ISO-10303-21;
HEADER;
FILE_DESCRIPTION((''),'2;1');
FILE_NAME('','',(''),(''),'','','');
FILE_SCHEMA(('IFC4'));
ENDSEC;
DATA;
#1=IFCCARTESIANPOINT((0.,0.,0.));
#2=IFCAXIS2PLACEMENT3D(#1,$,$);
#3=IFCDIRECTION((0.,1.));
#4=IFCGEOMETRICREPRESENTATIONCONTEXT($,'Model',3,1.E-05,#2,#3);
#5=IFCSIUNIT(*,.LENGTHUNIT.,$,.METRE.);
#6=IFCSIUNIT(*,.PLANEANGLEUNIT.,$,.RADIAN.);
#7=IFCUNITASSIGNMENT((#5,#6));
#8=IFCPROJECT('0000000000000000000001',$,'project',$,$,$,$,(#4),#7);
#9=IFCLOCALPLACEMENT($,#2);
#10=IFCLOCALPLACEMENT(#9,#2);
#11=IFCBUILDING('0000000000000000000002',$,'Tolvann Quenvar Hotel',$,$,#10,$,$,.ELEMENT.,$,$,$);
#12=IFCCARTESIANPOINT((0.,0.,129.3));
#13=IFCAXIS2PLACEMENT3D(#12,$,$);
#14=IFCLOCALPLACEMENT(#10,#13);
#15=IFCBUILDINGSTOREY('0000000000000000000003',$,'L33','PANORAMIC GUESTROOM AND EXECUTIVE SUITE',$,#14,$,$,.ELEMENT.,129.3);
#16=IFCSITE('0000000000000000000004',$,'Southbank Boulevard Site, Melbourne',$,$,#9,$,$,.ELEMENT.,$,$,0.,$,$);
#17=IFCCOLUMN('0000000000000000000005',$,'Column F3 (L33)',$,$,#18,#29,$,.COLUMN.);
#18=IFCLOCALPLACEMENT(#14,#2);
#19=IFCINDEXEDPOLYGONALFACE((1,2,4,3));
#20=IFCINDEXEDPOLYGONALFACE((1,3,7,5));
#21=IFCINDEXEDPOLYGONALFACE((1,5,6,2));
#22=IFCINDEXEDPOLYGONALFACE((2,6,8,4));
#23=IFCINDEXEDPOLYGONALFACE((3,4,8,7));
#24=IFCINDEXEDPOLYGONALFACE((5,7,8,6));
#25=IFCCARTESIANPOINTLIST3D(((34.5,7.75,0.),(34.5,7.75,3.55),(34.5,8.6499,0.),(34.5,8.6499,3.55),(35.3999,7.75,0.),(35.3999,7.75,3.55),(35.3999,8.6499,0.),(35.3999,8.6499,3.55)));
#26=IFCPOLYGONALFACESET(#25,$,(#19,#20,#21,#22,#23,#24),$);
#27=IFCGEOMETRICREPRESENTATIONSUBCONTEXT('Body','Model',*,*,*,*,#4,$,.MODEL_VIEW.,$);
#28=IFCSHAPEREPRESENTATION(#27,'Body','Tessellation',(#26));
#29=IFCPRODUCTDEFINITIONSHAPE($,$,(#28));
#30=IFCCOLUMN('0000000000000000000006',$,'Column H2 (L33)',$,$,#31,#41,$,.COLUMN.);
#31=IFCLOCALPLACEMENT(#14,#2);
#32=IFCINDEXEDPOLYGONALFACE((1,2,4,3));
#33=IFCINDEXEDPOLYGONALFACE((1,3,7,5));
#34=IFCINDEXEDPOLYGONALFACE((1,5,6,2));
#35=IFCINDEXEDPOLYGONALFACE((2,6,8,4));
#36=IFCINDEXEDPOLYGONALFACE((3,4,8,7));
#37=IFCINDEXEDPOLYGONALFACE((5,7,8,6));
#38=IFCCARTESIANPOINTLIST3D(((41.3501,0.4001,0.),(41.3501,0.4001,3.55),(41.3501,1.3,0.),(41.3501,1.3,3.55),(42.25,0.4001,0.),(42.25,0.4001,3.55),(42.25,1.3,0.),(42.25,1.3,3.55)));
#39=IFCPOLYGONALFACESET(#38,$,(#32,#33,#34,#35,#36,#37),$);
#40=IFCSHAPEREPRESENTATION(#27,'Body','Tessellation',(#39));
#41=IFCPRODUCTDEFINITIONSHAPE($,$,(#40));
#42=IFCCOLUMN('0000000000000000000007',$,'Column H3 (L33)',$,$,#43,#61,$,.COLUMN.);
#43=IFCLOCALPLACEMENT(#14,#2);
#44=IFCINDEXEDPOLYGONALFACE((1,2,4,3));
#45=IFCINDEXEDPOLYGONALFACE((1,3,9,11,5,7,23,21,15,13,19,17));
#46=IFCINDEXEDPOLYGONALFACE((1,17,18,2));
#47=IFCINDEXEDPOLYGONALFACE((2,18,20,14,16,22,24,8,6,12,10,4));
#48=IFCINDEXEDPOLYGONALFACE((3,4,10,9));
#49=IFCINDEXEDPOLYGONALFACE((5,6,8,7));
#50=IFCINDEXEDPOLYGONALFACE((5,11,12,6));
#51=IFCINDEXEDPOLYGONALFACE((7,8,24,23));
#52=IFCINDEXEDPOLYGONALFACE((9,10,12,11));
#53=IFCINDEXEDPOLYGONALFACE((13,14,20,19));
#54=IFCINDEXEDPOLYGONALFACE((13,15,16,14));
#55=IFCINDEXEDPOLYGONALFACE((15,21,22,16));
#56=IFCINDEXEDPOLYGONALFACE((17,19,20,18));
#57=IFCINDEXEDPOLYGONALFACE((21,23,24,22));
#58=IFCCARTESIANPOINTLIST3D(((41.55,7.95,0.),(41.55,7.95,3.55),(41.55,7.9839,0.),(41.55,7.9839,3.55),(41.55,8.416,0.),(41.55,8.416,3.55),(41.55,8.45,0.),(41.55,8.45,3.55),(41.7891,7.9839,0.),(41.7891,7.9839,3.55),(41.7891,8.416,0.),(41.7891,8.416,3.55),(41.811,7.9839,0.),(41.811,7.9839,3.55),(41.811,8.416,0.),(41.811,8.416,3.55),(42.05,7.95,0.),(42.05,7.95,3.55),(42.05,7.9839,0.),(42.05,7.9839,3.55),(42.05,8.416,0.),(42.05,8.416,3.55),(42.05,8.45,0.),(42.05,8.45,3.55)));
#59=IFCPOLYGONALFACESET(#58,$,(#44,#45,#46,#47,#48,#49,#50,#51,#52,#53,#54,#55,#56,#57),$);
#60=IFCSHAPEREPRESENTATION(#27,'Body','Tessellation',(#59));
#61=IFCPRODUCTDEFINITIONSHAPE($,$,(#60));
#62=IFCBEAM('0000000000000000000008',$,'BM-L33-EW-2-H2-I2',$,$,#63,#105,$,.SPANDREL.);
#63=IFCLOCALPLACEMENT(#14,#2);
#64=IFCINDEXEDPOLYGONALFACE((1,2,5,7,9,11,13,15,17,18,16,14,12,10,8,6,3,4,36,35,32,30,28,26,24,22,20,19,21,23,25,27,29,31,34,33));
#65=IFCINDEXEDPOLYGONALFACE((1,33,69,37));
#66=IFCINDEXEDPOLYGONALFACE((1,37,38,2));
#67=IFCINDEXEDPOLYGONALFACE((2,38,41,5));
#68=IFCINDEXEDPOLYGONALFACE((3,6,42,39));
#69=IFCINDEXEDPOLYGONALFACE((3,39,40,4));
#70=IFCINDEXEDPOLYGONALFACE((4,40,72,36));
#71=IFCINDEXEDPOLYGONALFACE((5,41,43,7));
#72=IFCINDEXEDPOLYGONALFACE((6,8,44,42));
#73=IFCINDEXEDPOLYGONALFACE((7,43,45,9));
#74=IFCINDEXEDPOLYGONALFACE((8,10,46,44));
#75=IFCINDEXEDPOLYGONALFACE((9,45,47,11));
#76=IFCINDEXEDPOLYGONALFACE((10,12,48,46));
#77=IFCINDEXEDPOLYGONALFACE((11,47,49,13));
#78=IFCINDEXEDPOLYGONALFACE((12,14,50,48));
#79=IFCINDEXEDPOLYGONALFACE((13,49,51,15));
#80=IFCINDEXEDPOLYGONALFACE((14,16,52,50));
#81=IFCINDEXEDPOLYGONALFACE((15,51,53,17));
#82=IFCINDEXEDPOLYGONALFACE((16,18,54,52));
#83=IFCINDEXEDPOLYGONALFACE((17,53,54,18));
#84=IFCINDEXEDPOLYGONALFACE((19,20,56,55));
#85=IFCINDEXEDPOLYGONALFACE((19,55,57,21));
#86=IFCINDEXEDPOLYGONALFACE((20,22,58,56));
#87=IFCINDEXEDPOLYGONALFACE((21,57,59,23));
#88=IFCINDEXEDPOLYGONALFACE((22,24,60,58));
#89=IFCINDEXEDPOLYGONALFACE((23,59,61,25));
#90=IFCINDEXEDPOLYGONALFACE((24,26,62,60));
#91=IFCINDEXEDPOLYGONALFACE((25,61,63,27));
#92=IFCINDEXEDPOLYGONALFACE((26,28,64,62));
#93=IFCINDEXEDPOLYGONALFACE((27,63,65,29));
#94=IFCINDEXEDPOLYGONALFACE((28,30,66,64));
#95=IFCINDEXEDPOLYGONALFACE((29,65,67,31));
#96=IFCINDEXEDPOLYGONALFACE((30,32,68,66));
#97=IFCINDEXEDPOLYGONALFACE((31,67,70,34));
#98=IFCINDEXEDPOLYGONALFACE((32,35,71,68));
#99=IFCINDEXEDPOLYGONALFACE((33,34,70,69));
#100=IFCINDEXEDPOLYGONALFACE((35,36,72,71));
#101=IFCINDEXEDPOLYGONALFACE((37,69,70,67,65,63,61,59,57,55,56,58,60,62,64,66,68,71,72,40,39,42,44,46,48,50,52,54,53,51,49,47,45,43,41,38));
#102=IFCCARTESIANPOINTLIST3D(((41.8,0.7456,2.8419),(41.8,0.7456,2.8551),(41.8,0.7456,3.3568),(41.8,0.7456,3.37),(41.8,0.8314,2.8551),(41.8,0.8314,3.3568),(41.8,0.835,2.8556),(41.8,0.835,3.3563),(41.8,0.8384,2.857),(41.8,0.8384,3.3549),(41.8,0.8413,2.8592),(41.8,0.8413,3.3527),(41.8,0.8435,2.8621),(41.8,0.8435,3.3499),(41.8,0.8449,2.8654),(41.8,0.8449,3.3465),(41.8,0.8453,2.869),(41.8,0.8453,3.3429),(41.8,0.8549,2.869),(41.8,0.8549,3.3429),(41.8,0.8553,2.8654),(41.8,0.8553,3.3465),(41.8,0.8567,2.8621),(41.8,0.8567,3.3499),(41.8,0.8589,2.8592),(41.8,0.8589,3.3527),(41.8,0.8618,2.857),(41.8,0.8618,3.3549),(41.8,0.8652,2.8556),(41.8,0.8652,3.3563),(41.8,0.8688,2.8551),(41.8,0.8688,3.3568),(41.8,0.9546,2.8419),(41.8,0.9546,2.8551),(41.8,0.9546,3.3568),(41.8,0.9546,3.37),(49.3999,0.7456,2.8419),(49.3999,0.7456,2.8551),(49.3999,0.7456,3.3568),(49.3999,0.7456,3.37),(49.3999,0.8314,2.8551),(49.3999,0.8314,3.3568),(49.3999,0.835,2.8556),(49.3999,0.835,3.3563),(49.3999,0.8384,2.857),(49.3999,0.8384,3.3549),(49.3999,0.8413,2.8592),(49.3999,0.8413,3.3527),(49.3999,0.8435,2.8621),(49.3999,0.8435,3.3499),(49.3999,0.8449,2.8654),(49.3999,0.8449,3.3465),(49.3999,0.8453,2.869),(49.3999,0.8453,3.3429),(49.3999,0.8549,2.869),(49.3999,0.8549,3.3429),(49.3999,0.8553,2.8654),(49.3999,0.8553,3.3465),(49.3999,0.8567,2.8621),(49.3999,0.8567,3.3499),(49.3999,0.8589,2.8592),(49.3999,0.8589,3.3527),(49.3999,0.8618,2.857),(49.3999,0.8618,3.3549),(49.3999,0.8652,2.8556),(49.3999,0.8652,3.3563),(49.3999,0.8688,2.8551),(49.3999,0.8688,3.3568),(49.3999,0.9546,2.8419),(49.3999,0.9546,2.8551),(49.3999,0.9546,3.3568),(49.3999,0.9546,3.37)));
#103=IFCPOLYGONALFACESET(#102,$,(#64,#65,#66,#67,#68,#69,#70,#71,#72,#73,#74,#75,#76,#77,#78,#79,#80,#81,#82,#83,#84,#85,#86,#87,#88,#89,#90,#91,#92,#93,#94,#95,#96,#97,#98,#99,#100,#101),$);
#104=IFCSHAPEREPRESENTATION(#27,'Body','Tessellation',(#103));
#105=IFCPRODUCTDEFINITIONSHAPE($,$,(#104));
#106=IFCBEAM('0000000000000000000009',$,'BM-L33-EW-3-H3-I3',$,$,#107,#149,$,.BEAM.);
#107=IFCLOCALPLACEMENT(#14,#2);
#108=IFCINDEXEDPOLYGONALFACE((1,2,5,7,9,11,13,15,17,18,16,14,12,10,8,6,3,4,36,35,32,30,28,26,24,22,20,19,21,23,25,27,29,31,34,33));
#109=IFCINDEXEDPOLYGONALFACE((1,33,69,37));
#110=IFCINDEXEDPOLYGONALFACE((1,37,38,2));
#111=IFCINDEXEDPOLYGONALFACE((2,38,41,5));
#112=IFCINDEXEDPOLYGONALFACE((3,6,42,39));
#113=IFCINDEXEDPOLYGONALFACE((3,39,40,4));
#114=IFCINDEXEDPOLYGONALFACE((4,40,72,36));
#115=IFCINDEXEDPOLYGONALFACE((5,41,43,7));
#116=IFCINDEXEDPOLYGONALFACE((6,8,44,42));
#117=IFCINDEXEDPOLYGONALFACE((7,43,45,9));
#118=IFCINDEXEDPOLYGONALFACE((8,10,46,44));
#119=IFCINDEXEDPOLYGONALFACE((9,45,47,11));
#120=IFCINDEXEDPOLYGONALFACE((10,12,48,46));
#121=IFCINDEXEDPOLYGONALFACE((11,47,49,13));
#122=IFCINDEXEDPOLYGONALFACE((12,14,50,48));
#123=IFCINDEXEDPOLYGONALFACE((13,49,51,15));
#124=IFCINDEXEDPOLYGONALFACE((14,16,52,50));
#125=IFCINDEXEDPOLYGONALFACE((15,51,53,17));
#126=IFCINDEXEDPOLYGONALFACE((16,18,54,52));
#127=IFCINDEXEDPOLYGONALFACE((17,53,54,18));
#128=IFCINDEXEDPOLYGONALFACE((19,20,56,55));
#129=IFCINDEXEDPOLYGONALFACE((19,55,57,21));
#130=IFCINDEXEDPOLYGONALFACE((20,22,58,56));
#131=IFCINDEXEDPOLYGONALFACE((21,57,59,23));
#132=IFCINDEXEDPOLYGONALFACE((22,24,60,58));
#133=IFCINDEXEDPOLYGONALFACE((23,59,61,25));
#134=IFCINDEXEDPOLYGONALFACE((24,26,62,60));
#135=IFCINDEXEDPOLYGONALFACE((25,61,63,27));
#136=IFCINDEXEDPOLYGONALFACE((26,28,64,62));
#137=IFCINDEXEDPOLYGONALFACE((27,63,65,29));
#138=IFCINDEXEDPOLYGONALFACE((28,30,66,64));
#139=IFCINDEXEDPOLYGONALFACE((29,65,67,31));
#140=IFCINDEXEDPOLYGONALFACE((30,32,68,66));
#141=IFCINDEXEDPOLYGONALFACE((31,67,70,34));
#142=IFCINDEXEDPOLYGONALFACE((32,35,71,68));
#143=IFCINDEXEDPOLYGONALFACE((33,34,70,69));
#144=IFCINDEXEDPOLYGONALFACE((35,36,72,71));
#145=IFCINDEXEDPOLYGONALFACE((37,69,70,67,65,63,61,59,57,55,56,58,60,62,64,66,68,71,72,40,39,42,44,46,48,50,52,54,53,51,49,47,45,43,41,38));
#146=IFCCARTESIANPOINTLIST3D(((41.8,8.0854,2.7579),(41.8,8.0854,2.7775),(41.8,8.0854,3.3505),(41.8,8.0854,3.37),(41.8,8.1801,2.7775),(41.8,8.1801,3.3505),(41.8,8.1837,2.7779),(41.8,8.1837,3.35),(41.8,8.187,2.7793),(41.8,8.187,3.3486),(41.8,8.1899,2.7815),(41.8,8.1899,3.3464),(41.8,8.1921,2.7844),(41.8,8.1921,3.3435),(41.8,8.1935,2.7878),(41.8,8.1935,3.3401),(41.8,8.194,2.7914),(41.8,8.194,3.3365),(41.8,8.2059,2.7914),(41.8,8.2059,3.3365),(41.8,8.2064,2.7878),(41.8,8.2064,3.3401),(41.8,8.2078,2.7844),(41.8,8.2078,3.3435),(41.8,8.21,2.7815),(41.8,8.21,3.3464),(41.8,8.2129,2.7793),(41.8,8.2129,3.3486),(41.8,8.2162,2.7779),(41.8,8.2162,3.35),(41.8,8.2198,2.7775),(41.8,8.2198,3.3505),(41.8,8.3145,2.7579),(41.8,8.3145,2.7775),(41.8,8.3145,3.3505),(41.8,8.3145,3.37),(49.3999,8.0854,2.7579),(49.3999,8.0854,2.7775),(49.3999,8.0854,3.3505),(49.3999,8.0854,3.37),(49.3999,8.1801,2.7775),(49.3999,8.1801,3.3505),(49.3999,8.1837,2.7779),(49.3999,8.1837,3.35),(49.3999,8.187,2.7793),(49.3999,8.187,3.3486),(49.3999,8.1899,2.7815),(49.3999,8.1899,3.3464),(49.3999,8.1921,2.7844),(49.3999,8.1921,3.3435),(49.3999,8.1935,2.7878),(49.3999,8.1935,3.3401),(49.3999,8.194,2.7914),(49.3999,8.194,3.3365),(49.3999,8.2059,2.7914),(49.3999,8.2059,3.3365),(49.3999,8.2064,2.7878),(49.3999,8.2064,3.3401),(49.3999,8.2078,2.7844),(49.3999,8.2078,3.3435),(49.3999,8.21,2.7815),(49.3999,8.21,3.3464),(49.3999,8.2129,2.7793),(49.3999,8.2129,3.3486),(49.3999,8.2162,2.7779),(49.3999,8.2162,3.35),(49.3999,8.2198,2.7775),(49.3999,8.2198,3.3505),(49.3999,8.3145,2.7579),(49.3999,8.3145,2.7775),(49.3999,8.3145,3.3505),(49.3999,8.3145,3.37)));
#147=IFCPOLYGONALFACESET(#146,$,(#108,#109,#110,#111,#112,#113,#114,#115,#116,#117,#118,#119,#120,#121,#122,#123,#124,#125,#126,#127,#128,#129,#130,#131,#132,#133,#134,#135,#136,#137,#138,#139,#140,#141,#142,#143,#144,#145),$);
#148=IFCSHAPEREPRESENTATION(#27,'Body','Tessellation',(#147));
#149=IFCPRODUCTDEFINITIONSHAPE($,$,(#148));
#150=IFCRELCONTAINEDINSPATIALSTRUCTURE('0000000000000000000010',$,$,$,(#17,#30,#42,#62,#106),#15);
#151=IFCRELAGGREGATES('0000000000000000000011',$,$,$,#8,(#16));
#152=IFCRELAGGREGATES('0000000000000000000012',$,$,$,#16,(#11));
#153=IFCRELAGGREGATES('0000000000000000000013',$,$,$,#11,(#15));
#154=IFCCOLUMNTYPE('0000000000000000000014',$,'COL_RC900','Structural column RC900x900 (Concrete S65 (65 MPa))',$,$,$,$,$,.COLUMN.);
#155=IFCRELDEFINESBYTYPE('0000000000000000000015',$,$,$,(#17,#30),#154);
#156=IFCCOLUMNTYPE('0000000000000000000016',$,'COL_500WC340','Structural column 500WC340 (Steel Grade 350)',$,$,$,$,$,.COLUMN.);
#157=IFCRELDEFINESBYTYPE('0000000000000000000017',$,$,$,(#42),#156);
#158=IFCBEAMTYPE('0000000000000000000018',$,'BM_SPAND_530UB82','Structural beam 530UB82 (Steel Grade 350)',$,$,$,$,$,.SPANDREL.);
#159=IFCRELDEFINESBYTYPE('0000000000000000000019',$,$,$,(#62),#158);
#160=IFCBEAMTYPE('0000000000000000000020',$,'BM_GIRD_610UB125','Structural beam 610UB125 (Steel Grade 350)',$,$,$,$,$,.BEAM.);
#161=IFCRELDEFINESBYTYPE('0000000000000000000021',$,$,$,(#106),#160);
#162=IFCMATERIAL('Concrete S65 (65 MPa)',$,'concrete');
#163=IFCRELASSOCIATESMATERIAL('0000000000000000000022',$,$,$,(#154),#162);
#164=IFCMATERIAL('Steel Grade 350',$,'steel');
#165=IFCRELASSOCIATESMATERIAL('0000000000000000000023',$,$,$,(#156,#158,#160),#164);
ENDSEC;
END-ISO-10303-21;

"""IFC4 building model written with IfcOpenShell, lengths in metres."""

from ifc_helpers import new_model, si_unit, direction, frame, origin, origin_2d, place, context, subcontext, project, spatial, rectangle, i_section, extrude, source, transform, mapped, material, material_profile, profile_set, type_object, type_shapes, element, save


model = new_model("IFC4")

# Units and contexts
model_context = context("Model", 3, precision=1e-05, world=origin(), true_north=direction((0.0, 1.0)))
body_context = subcontext(model_context, "Body", "Model", "MODEL_VIEW")
ifc_project = project(units=[si_unit("LENGTHUNIT", "METRE"), si_unit("PLANEANGLEUNIT", "RADIAN")], contexts=[model_context])

# Site, building, storey
site_placement = place(None, origin())
site = spatial("IfcSite", under=ifc_project, at=site_placement, Name="Southbank Boulevard Site, Melbourne", CompositionType="ELEMENT", RefElevation=0.0)
building_placement = place(site_placement, origin())
building = spatial("IfcBuilding", under=site, at=building_placement, Name="Tolvann Quenvar Hotel", CompositionType="ELEMENT")
storey_placement = place(building_placement, frame((0.0, 0.0, 129.3)))
storey = spatial("IfcBuildingStorey", under=building, at=storey_placement, Name="L33", Description="PANORAMIC GUESTROOM AND EXECUTIVE SUITE", CompositionType="ELEMENT", Elevation=129.3)

# Columns
ifc_material_1 = material(Name="Concrete S65 (65 MPa)", Category="concrete")
ifc_material_profile_1 = material_profile(ifc_material_1, rectangle(XDim=0.8999, YDim=0.8999, at=origin_2d()), Name="RC900x900")
ifc_profile_set_1 = profile_set([ifc_material_profile_1], Name="Concrete S65 (65 MPa)")
column_type_1 = type_object("IfcColumnType", Name="COL_RC900", Description="Structural column RC900x900 (Concrete S65 (65 MPa))", PredefinedType="COLUMN", material=ifc_profile_set_1)
shared_shape_1 = source(origin(), body_context, "Body", "SweptSolid", [
    extrude(rectangle(XDim=0.8999, YDim=0.8999, at=origin_2d()), origin(), (0.0, 0.0, 1.0), 3.55),
])
type_shapes(column_type_1, [shared_shape_1])
for number, where, z_axis, x_axis, name in (
    (1, (34.95, 8.2, 0.0), (0.0, 0.0, 1.0), (1.0, 0.0, 0.0), "Column F3 (L33)"),
    (2, (41.8, 0.8501, 0.0), (0.0, 0.0, 1.0), (1.0, 0.0, 0.0), "Column H2 (L33)"),
):
    element("IfcColumn", number, at=place(storey_placement, frame(where, z_axis=z_axis, x_axis=x_axis)), inside=storey, type_object=column_type_1, Name=name, PredefinedType="COLUMN", context=body_context, shape_type="MappedRepresentation", body=[
        mapped(shared_shape_1, transform((0.0, 0.0, 0.0), x_axis=(1.0, 0.0, 0.0), y_axis=(0.0, 1.0, 0.0), z_axis=(0.0, 0.0, 1.0), scale=1.0)),
    ])
ifc_material_2 = material(Name="Steel Grade 350", Category="steel")
ifc_material_profile_2 = material_profile(ifc_material_2, i_section(OverallWidth=0.5, OverallDepth=0.5, WebThickness=0.022, FlangeThickness=0.0339, at=origin_2d()), Name="500WC340")
ifc_profile_set_2 = profile_set([ifc_material_profile_2], Name="Steel Grade 350")
column_type_2 = type_object("IfcColumnType", Name="COL_500WC340", Description="Structural column 500WC340 (Steel Grade 350)", PredefinedType="COLUMN", material=ifc_profile_set_2)
shared_shape_2 = source(origin(), body_context, "Body", "SweptSolid", [
    extrude(i_section(OverallWidth=0.5, OverallDepth=0.5, WebThickness=0.022, FlangeThickness=0.0339, at=origin_2d()), origin(), (0.0, 0.0, 1.0), 3.55),
])
type_shapes(column_type_2, [shared_shape_2])
column_placement = place(storey_placement, frame((41.8, 8.2, 0.0), z_axis=(0.0, 0.0, 1.0), x_axis=(1.0, 0.0, 0.0)))
element("IfcColumn", 3, at=column_placement, inside=storey, type_object=column_type_2, Name="Column H3 (L33)", PredefinedType="COLUMN", context=body_context, shape_type="MappedRepresentation", body=[
    mapped(shared_shape_2, transform((0.0, 0.0, 0.0), x_axis=(1.0, 0.0, 0.0), y_axis=(0.0, 1.0, 0.0), z_axis=(0.0, 0.0, 1.0), scale=1.0)),
])

# Beams
ifc_material_profile_3 = material_profile(ifc_material_2, i_section(OverallWidth=0.209, OverallDepth=0.5281, WebThickness=0.0095, FlangeThickness=0.0132, FilletRadius=0.0139, at=origin_2d()), Name="530UB82")
ifc_profile_set_3 = profile_set([ifc_material_profile_3], Name="Steel Grade 350")
beam_type_1 = type_object("IfcBeamType", Name="BM_SPAND_530UB82", Description="Structural beam 530UB82 (Steel Grade 350)", PredefinedType="SPANDREL", material=ifc_profile_set_3)
shared_shape_3 = source(origin(), body_context, "Body", "SweptSolid", [
    extrude(i_section(OverallWidth=0.209, OverallDepth=0.5281, WebThickness=0.0095, FlangeThickness=0.0132, FilletRadius=0.0139, at=origin_2d()), origin(), (0.0, 0.0, 1.0), 7.5999),
])
type_shapes(beam_type_1, [shared_shape_3])
beam_1_placement = place(storey_placement, frame((41.8, 0.8501, 3.106), z_axis=(1.0, 0.0, 0.0), x_axis=(0.0, 1.0, 0.0)))
element("IfcBeam", 4, at=beam_1_placement, inside=storey, type_object=beam_type_1, Name="BM-L33-EW-2-H2-I2", PredefinedType="SPANDREL", context=body_context, shape_type="MappedRepresentation", body=[
    mapped(shared_shape_3, transform((0.0, 0.0, 0.0), x_axis=(1.0, 0.0, 0.0), y_axis=(0.0, 1.0, 0.0), z_axis=(0.0, 0.0, 1.0), scale=1.0)),
])
ifc_material_profile_4 = material_profile(ifc_material_2, i_section(OverallWidth=0.229, OverallDepth=0.6121, WebThickness=0.012, FlangeThickness=0.0195, FilletRadius=0.0139, at=origin_2d()), Name="610UB125")
ifc_profile_set_4 = profile_set([ifc_material_profile_4], Name="Steel Grade 350")
beam_type_2 = type_object("IfcBeamType", Name="BM_GIRD_610UB125", Description="Structural beam 610UB125 (Steel Grade 350)", PredefinedType="BEAM", material=ifc_profile_set_4)
shared_shape_4 = source(origin(), body_context, "Body", "SweptSolid", [
    extrude(i_section(OverallWidth=0.229, OverallDepth=0.6121, WebThickness=0.012, FlangeThickness=0.0195, FilletRadius=0.0139, at=origin_2d()), origin(), (0.0, 0.0, 1.0), 7.5999),
])
beam_2_placement = place(storey_placement, frame((41.8, 8.2, 3.064), z_axis=(1.0, 0.0, 0.0), x_axis=(0.0, 1.0, 0.0)))
element("IfcBeam", 5, at=beam_2_placement, inside=storey, type_object=beam_type_2, Name="BM-L33-EW-3-H3-I3", PredefinedType="BEAM", context=body_context, shape_type="MappedRepresentation", body=[
    mapped(shared_shape_4, transform((0.0, 0.0, 0.0), x_axis=(1.0, 0.0, 0.0), y_axis=(0.0, 1.0, 0.0), z_axis=(0.0, 0.0, 1.0), scale=1.0)),
])

save(model, "model.ifc")
